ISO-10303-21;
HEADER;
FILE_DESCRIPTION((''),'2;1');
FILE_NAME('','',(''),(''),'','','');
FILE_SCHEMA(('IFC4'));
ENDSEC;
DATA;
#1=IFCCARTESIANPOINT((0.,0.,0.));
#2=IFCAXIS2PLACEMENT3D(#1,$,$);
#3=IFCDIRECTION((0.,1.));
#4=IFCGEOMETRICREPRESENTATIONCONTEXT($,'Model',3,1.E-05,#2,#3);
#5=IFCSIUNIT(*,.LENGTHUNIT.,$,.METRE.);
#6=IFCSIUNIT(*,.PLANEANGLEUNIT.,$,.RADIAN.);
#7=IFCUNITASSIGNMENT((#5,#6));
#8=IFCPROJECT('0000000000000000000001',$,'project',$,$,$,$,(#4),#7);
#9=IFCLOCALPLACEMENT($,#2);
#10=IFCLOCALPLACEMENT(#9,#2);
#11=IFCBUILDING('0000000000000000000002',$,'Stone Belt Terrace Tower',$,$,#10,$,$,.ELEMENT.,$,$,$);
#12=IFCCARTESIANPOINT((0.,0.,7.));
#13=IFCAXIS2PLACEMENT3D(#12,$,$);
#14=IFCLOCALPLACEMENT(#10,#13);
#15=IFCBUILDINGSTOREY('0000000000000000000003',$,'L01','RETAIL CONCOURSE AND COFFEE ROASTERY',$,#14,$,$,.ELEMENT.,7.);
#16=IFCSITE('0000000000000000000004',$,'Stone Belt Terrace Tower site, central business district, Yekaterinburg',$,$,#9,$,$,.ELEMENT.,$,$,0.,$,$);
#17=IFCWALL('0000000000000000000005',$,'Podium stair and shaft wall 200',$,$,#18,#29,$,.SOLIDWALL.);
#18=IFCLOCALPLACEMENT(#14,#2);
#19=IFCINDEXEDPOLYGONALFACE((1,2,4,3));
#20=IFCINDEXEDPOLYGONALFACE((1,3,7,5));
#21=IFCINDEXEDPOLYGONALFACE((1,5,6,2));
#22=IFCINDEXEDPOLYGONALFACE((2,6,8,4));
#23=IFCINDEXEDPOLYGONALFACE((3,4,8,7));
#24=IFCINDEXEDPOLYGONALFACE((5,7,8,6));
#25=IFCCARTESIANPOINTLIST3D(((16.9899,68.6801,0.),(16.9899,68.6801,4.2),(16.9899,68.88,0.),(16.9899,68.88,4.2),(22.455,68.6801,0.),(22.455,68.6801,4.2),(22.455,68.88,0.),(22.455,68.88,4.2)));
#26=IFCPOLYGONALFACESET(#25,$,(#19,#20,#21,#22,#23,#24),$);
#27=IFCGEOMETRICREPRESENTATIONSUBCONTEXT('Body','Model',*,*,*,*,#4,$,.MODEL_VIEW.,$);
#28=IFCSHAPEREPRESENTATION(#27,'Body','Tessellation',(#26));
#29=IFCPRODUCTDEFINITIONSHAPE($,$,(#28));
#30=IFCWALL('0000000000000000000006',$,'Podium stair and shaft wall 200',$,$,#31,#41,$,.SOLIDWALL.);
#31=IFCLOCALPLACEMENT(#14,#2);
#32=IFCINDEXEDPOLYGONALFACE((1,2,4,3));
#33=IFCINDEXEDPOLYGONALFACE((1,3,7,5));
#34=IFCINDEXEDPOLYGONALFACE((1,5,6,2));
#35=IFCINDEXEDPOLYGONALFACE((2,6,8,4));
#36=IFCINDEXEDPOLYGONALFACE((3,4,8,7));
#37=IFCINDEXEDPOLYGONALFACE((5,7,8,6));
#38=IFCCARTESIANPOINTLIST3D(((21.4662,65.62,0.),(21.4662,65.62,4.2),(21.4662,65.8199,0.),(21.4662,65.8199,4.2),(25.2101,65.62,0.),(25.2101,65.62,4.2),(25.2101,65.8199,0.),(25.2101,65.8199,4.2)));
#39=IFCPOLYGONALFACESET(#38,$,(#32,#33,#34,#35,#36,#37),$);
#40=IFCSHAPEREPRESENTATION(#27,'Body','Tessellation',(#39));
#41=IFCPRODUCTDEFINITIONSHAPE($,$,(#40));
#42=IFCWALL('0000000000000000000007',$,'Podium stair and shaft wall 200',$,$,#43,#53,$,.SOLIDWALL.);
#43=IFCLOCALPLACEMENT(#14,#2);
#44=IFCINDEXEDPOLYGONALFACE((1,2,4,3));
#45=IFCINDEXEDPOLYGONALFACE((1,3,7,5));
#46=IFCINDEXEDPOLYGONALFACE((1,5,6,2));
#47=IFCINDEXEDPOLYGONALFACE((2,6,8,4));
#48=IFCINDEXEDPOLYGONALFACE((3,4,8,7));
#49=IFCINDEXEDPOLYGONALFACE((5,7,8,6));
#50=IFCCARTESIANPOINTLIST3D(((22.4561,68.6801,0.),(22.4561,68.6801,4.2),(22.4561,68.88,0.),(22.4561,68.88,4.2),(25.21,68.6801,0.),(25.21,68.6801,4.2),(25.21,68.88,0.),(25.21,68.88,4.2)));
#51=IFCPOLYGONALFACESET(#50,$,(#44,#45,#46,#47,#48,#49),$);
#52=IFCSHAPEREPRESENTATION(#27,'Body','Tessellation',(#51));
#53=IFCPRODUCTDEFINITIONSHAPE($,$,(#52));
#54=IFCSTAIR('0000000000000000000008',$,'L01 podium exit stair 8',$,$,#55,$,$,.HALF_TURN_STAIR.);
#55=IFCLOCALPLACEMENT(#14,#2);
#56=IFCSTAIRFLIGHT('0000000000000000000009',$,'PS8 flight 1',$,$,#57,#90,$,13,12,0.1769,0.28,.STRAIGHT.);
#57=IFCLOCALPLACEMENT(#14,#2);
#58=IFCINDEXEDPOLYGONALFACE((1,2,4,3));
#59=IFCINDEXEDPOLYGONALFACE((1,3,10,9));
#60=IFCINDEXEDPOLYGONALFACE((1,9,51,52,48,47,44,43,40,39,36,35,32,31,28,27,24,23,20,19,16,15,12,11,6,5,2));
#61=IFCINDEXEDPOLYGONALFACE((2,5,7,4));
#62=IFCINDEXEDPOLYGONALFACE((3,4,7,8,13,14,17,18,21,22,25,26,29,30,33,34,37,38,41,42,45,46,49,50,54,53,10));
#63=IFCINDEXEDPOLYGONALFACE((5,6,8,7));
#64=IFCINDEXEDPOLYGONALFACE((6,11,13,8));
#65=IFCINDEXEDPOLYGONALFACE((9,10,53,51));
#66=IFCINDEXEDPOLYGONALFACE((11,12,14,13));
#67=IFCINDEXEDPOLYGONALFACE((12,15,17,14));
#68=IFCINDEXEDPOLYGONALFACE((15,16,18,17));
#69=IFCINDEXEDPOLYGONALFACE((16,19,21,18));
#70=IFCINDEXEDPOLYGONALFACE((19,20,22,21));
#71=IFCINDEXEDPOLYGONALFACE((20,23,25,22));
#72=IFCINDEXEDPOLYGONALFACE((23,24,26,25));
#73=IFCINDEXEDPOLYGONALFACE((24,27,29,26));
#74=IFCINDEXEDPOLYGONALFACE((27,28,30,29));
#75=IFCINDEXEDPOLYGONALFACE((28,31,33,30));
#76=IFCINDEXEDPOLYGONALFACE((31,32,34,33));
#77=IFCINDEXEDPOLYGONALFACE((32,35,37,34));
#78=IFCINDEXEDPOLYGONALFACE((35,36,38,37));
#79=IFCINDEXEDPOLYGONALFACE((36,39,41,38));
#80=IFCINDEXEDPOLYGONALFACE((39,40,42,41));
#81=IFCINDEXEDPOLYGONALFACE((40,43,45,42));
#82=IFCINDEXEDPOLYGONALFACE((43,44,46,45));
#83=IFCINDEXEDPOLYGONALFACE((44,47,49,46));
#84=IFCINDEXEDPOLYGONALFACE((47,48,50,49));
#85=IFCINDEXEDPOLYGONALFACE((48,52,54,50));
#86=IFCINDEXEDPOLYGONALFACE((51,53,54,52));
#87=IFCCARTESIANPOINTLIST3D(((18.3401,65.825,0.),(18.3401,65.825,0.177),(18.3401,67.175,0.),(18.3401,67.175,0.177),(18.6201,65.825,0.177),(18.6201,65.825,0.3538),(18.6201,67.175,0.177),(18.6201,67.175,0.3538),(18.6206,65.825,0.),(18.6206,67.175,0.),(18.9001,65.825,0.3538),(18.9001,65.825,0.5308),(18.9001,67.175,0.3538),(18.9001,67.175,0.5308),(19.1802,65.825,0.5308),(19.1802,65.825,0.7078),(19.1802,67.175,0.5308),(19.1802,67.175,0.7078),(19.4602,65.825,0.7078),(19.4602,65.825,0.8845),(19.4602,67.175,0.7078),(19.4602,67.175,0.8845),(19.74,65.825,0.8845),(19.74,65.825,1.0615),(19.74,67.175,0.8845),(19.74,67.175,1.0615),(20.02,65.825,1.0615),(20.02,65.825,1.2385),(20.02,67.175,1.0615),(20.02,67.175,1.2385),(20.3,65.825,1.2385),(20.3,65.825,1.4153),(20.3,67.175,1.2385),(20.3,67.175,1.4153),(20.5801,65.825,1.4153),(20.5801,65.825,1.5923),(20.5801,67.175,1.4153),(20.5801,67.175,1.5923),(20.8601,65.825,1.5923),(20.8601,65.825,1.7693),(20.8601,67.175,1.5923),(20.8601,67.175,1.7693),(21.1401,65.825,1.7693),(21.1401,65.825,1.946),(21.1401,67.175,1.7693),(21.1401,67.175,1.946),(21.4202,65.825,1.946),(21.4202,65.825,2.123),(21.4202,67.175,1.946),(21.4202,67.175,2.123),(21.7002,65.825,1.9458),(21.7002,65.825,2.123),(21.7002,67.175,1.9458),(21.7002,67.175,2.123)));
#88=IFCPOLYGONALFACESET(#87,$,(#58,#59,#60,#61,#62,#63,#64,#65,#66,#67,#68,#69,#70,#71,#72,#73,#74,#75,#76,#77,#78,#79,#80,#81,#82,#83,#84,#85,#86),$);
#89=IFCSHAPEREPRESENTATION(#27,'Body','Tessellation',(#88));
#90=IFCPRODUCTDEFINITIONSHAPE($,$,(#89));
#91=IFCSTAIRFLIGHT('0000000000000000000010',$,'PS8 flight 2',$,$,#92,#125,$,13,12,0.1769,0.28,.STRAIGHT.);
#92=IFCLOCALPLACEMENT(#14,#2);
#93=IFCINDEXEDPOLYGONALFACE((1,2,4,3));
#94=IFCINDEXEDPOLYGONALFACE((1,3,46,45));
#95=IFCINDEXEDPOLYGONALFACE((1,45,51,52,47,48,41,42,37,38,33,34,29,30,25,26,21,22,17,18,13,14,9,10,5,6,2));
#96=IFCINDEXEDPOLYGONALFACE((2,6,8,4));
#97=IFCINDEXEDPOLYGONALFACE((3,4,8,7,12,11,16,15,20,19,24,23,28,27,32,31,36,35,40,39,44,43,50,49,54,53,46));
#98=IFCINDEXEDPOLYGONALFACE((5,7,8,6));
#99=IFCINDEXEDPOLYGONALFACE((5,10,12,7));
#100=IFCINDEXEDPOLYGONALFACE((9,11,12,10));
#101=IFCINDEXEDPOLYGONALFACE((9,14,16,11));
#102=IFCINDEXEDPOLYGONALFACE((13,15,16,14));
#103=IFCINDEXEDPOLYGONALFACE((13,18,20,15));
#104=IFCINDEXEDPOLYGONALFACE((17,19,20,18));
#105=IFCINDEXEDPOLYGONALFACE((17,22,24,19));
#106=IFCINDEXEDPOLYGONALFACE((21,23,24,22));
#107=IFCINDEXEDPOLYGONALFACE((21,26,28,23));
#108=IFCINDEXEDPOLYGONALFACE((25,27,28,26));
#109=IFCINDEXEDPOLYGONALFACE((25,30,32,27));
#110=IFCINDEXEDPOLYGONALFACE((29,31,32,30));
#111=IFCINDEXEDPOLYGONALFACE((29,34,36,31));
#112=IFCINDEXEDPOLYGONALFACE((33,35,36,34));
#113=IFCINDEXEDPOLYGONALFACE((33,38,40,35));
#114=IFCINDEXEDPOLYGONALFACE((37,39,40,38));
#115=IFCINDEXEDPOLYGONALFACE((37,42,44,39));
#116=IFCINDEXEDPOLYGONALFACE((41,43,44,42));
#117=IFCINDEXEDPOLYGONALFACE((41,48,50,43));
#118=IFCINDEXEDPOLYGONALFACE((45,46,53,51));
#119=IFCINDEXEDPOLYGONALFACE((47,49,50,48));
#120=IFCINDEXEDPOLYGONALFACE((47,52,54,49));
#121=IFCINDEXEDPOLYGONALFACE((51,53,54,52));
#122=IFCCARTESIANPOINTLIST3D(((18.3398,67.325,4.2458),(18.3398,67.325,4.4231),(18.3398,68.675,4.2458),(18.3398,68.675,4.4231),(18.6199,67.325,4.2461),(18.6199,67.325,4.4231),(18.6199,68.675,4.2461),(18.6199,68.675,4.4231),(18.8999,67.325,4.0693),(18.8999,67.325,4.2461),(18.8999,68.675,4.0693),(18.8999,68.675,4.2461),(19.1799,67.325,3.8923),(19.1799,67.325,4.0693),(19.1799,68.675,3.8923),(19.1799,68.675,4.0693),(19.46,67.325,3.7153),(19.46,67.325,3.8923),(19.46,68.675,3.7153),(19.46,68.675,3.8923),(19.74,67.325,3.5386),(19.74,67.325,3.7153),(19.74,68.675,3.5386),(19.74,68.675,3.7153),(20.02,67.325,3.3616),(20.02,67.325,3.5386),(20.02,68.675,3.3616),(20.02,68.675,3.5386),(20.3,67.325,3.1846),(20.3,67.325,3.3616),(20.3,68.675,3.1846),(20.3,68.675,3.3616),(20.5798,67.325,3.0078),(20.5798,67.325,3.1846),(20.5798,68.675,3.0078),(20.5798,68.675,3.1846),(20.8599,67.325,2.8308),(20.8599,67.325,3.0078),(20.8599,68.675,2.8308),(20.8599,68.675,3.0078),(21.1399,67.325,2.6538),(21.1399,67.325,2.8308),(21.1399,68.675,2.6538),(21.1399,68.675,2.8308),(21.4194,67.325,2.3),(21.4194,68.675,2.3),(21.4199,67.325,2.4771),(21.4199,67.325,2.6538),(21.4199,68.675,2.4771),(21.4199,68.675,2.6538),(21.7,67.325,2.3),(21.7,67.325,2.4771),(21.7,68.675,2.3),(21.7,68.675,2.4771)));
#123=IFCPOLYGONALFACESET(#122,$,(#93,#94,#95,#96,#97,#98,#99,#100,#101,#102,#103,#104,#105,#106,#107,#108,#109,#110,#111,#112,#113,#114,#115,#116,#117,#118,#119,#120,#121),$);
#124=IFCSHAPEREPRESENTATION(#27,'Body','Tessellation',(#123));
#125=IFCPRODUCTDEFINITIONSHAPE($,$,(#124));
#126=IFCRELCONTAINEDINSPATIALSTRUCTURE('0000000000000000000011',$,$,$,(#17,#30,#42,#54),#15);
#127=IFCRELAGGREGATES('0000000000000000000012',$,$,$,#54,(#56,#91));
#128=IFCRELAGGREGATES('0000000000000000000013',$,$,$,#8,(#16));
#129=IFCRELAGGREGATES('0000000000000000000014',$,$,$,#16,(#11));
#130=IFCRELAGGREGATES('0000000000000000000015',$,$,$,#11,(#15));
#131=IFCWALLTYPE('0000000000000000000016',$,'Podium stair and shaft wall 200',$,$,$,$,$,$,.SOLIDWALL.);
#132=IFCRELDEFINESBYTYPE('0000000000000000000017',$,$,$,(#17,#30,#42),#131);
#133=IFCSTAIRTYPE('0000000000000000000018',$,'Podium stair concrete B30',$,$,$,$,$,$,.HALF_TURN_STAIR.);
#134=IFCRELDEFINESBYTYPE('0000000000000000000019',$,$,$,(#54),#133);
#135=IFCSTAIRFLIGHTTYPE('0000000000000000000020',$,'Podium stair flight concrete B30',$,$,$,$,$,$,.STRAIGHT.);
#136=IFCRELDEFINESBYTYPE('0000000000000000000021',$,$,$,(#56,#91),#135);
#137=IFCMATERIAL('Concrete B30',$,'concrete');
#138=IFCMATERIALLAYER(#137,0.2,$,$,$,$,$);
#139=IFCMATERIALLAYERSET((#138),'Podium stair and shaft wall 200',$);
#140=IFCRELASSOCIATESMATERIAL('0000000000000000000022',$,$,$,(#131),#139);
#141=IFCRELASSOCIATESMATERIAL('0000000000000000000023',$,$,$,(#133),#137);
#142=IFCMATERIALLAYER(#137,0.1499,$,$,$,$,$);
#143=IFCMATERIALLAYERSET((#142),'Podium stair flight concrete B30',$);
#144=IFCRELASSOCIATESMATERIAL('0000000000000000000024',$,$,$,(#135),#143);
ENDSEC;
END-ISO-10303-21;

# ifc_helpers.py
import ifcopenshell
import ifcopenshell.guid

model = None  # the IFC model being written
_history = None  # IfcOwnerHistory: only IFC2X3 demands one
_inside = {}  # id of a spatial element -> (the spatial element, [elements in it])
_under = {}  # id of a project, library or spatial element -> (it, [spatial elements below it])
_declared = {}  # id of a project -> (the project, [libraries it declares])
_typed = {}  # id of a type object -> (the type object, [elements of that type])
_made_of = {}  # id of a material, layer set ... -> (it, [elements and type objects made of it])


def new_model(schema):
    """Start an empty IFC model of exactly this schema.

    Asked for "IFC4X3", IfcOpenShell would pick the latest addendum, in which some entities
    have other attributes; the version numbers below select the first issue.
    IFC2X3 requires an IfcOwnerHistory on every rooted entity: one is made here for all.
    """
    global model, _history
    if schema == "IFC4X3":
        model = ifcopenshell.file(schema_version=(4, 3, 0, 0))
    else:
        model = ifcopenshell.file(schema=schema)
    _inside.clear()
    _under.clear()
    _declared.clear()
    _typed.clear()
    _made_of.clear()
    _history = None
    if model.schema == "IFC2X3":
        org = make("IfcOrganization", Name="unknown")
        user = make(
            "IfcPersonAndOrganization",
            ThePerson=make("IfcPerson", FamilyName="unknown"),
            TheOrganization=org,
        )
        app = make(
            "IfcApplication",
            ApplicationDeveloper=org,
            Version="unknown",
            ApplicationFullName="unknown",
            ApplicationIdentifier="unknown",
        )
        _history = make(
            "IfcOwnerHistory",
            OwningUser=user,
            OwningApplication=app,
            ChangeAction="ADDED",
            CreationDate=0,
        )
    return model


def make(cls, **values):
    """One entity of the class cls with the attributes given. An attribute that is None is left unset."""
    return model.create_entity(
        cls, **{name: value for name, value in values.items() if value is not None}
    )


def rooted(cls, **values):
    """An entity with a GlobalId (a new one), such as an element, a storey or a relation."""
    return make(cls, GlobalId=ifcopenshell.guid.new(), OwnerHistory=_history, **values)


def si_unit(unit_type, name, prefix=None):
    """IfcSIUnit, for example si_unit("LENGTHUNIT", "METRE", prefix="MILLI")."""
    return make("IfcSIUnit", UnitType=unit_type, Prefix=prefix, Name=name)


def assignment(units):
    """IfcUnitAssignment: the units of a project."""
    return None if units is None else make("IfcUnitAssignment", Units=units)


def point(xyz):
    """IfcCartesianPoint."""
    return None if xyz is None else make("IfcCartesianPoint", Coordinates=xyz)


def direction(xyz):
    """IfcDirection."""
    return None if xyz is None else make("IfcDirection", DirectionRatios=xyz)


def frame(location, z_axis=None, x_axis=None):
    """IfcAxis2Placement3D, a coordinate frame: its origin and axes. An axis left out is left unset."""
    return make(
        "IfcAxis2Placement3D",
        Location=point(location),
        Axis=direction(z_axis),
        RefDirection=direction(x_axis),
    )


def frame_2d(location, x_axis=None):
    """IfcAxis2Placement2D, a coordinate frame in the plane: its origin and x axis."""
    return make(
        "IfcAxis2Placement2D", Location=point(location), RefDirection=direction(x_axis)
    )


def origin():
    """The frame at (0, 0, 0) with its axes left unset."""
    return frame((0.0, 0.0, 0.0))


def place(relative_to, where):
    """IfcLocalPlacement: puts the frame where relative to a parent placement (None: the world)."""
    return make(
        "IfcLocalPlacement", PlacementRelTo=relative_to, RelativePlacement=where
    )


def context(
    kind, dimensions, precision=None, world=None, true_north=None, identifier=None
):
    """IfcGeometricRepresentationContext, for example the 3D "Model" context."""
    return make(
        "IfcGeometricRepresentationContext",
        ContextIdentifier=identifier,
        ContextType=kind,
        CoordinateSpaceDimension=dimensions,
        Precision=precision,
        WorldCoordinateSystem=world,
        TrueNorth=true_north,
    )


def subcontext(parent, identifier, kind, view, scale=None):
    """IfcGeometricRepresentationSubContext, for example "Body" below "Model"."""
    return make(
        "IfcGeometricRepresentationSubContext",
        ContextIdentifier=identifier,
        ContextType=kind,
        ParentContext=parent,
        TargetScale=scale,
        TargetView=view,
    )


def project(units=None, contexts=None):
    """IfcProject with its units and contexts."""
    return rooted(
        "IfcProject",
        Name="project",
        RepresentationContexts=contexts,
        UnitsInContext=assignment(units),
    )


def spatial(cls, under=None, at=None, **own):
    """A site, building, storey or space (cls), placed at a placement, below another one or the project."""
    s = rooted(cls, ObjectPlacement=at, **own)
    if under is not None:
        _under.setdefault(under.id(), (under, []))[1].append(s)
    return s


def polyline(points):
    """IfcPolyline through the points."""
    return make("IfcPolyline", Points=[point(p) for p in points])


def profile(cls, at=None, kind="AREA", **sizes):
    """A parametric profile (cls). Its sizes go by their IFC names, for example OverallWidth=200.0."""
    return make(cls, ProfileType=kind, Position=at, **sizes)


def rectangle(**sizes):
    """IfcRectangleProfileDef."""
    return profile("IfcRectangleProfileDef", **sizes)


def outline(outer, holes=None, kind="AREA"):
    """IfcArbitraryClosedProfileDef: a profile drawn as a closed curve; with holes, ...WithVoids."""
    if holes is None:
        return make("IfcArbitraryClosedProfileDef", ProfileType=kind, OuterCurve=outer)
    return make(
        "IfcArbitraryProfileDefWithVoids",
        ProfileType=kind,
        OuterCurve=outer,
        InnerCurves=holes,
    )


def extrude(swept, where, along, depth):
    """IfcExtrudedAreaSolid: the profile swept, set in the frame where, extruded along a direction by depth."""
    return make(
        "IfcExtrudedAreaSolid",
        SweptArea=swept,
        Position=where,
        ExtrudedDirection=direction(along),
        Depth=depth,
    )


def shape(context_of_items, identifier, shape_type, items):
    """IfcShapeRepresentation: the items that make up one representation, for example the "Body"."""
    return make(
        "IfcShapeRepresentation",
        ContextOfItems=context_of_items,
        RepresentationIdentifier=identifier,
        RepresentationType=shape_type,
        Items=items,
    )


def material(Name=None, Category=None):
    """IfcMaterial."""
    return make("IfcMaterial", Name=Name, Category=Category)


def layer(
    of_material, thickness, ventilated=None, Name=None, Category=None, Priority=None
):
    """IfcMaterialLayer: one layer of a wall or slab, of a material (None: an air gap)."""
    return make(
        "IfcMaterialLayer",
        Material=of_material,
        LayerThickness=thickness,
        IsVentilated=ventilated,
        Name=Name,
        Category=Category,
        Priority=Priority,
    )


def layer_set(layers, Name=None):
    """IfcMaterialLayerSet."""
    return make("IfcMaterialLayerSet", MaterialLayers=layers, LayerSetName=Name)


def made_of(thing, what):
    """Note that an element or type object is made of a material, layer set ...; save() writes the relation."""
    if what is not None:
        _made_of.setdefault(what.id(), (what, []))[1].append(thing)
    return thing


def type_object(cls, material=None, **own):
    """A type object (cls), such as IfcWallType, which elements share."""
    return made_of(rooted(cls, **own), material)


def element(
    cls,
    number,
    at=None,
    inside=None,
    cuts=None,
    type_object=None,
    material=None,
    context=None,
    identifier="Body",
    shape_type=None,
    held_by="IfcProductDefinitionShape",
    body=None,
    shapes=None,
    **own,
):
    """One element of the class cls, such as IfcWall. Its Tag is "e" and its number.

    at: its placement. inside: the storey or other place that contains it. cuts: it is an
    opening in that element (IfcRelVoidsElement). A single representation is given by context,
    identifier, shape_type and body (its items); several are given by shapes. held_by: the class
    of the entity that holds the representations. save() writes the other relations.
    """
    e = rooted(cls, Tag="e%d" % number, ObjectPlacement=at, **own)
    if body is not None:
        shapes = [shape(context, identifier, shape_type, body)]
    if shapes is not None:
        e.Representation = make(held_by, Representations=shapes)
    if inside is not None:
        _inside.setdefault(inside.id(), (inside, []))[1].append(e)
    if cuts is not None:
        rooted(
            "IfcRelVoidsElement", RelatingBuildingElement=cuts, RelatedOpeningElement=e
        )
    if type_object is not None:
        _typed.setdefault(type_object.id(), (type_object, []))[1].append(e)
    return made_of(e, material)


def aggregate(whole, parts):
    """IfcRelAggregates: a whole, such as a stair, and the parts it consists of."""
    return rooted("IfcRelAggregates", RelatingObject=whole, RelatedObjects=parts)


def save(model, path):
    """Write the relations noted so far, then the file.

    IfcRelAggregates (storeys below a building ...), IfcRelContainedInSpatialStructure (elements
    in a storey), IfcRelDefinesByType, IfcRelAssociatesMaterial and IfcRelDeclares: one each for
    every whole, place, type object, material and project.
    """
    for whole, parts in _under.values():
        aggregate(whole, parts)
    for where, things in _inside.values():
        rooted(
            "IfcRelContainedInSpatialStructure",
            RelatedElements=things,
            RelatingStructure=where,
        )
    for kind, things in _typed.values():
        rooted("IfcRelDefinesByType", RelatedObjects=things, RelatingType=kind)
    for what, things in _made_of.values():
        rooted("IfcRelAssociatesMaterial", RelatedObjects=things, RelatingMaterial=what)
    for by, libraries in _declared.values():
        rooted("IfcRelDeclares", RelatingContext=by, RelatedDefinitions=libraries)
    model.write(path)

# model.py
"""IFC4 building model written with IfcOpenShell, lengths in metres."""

from ifc_helpers import new_model, si_unit, direction, frame, frame_2d, origin, place, context, subcontext, project, spatial, polyline, rectangle, outline, extrude, material, layer, layer_set, type_object, element, aggregate, save


model = new_model("IFC4")

# Units and contexts
model_context = context("Model", 3, precision=1e-05, world=origin(), true_north=direction((0.0, 1.0)))
body_context = subcontext(model_context, "Body", "Model", "MODEL_VIEW")
ifc_project = project(units=[si_unit("LENGTHUNIT", "METRE"), si_unit("PLANEANGLEUNIT", "RADIAN")], contexts=[model_context])

# Site, building, storey
site_placement = place(None, origin())
site = spatial("IfcSite", under=ifc_project, at=site_placement, Name="Stone Belt Terrace Tower site, central business district, Yekaterinburg", CompositionType="ELEMENT", RefElevation=0.0)
building_placement = place(site_placement, origin())
building = spatial("IfcBuilding", under=site, at=building_placement, Name="Stone Belt Terrace Tower", CompositionType="ELEMENT")
storey_placement = place(building_placement, frame((0.0, 0.0, 7.0)))
storey = spatial("IfcBuildingStorey", under=building, at=storey_placement, Name="L01", Description="RETAIL CONCOURSE AND COFFEE ROASTERY", CompositionType="ELEMENT", Elevation=7.0)

# Shared definitions
ifc_material_1 = material(Name="Concrete B30", Category="concrete")
ifc_layer_1 = layer(ifc_material_1, 0.2)
ifc_layer_set_1 = layer_set([ifc_layer_1], Name="Podium stair and shaft wall 200")
wall_type_1 = type_object("IfcWallType", Name="Podium stair and shaft wall 200", PredefinedType="SOLIDWALL", material=ifc_layer_set_1)

# Walls
wall_1_placement = place(storey_placement, frame((16.99, 68.78, 0.0), z_axis=(0.0, 0.0, 1.0), x_axis=(1.0, 0.0, 0.0)))
element("IfcWall", 1, at=wall_1_placement, inside=storey, type_object=wall_type_1, Name="Podium stair and shaft wall 200", PredefinedType="SOLIDWALL", context=body_context, shape_type="SweptSolid", body=[
    extrude(rectangle(XDim=5.4651, YDim=0.2, at=frame_2d((2.7324, 0.0))), origin(), (0.0, 0.0, 1.0), 4.2),
])
wall_2_placement = place(storey_placement, frame((21.4661, 65.72, 0.0), z_axis=(0.0, 0.0, 1.0), x_axis=(1.0, 0.0, 0.0)))
element("IfcWall", 2, at=wall_2_placement, inside=storey, type_object=wall_type_1, Name="Podium stair and shaft wall 200", PredefinedType="SOLIDWALL", context=body_context, shape_type="SweptSolid", body=[
    extrude(rectangle(XDim=3.7439, YDim=0.2, at=frame_2d((1.8721, 0.0))), origin(), (0.0, 0.0, 1.0), 4.2),
])
wall_3_placement = place(storey_placement, frame((22.4561, 68.78, 0.0), z_axis=(0.0, 0.0, 1.0), x_axis=(1.0, 0.0, 0.0)))
element("IfcWall", 3, at=wall_3_placement, inside=storey, type_object=wall_type_1, Name="Podium stair and shaft wall 200", PredefinedType="SOLIDWALL", context=body_context, shape_type="SweptSolid", body=[
    extrude(rectangle(XDim=2.7539, YDim=0.2, at=frame_2d((1.377, 0.0))), origin(), (0.0, 0.0, 1.0), 4.2),
])

# Stair, stair flights
stair_type = type_object("IfcStairType", Name="Podium stair concrete B30", PredefinedType="HALF_TURN_STAIR", material=ifc_material_1)
stair_placement = place(storey_placement, origin())
stair = element("IfcStair", 4, at=stair_placement, inside=storey, type_object=stair_type, Name="L01 podium exit stair 8", PredefinedType="HALF_TURN_STAIR")
ifc_layer_2 = layer(ifc_material_1, 0.1499)
ifc_layer_set_2 = layer_set([ifc_layer_2], Name="Podium stair flight concrete B30")
stair_flight_type = type_object("IfcStairFlightType", Name="Podium stair flight concrete B30", PredefinedType="STRAIGHT", material=ifc_layer_set_2)
stair_flight_1_placement = place(storey_placement, frame((18.3401, 66.5, 0.0), z_axis=(0.0, 0.0, 1.0), x_axis=(1.0, 0.0, 0.0)))
stair_flight_1 = element("IfcStairFlight", 5, at=stair_flight_1_placement, type_object=stair_flight_type, Name="PS8 flight 1", NumberOfRisers=13, NumberOfTreads=12, PredefinedType="STRAIGHT", RiserHeight=0.1769, TreadLength=0.28, context=body_context, shape_type="SweptSolid", body=[
    extrude(outline(polyline([(0.0, 0.0), (0.0, 0.177), (0.28, 0.177), (0.28, 0.3538), (0.5601, 0.3538), (0.5601, 0.5308), (0.8401, 0.5308), (0.8401, 0.7078), (1.1201, 0.7078), (1.1201, 0.8845), (1.3999, 0.8845), (1.3999, 1.0615), (1.6799, 1.0615), (1.6799, 1.2385), (1.96, 1.2385), (1.96, 1.4153), (2.24, 1.4153), (2.24, 1.5923), (2.52, 1.5923), (2.52, 1.7693), (2.8, 1.7693), (2.8, 1.946), (3.0801, 1.946), (3.0801, 2.123), (3.3601, 2.123), (3.3601, 2.3), (3.3601, 1.9458), (0.2805, 0.0), (0.0, 0.0)])), frame((0.0, 0.675, 0.0), z_axis=(0.0, -1.0, 0.0), x_axis=(1.0, 0.0, 0.0)), (0.0, 0.0, 1.0), 1.3501),
])
stair_flight_2_placement = place(storey_placement, frame((21.7, 68.0, 2.3), z_axis=(0.0, 0.0, 1.0), x_axis=(-1.0, 0.0, 0.0)))
stair_flight_2 = element("IfcStairFlight", 6, at=stair_flight_2_placement, type_object=stair_flight_type, Name="PS8 flight 2", NumberOfRisers=13, NumberOfTreads=12, PredefinedType="STRAIGHT", RiserHeight=0.1769, TreadLength=0.28, context=body_context, shape_type="SweptSolid", body=[
    extrude(outline(polyline([(0.0, 0.0), (0.0, 0.177), (0.28, 0.177), (0.28, 0.3538), (0.5601, 0.3538), (0.5601, 0.5308), (0.8401, 0.5308), (0.8401, 0.7078), (1.1201, 0.7078), (1.1201, 0.8845), (1.3999, 0.8845), (1.3999, 1.0615), (1.6799, 1.0615), (1.6799, 1.2385), (1.96, 1.2385), (1.96, 1.4153), (2.24, 1.4153), (2.24, 1.5923), (2.52, 1.5923), (2.52, 1.7693), (2.8, 1.7693), (2.8, 1.946), (3.0801, 1.946), (3.0801, 2.123), (3.3601, 2.123), (3.3601, 2.3), (3.3601, 1.9458), (0.2805, 0.0), (0.0, 0.0)])), frame((0.0, 0.675, 0.0), z_axis=(0.0, -1.0, 0.0), x_axis=(1.0, 0.0, 0.0)), (0.0, 0.0, 1.0), 1.3501),
])
aggregate(stair, [stair_flight_1, stair_flight_2])

save(model, "model.ifc")
